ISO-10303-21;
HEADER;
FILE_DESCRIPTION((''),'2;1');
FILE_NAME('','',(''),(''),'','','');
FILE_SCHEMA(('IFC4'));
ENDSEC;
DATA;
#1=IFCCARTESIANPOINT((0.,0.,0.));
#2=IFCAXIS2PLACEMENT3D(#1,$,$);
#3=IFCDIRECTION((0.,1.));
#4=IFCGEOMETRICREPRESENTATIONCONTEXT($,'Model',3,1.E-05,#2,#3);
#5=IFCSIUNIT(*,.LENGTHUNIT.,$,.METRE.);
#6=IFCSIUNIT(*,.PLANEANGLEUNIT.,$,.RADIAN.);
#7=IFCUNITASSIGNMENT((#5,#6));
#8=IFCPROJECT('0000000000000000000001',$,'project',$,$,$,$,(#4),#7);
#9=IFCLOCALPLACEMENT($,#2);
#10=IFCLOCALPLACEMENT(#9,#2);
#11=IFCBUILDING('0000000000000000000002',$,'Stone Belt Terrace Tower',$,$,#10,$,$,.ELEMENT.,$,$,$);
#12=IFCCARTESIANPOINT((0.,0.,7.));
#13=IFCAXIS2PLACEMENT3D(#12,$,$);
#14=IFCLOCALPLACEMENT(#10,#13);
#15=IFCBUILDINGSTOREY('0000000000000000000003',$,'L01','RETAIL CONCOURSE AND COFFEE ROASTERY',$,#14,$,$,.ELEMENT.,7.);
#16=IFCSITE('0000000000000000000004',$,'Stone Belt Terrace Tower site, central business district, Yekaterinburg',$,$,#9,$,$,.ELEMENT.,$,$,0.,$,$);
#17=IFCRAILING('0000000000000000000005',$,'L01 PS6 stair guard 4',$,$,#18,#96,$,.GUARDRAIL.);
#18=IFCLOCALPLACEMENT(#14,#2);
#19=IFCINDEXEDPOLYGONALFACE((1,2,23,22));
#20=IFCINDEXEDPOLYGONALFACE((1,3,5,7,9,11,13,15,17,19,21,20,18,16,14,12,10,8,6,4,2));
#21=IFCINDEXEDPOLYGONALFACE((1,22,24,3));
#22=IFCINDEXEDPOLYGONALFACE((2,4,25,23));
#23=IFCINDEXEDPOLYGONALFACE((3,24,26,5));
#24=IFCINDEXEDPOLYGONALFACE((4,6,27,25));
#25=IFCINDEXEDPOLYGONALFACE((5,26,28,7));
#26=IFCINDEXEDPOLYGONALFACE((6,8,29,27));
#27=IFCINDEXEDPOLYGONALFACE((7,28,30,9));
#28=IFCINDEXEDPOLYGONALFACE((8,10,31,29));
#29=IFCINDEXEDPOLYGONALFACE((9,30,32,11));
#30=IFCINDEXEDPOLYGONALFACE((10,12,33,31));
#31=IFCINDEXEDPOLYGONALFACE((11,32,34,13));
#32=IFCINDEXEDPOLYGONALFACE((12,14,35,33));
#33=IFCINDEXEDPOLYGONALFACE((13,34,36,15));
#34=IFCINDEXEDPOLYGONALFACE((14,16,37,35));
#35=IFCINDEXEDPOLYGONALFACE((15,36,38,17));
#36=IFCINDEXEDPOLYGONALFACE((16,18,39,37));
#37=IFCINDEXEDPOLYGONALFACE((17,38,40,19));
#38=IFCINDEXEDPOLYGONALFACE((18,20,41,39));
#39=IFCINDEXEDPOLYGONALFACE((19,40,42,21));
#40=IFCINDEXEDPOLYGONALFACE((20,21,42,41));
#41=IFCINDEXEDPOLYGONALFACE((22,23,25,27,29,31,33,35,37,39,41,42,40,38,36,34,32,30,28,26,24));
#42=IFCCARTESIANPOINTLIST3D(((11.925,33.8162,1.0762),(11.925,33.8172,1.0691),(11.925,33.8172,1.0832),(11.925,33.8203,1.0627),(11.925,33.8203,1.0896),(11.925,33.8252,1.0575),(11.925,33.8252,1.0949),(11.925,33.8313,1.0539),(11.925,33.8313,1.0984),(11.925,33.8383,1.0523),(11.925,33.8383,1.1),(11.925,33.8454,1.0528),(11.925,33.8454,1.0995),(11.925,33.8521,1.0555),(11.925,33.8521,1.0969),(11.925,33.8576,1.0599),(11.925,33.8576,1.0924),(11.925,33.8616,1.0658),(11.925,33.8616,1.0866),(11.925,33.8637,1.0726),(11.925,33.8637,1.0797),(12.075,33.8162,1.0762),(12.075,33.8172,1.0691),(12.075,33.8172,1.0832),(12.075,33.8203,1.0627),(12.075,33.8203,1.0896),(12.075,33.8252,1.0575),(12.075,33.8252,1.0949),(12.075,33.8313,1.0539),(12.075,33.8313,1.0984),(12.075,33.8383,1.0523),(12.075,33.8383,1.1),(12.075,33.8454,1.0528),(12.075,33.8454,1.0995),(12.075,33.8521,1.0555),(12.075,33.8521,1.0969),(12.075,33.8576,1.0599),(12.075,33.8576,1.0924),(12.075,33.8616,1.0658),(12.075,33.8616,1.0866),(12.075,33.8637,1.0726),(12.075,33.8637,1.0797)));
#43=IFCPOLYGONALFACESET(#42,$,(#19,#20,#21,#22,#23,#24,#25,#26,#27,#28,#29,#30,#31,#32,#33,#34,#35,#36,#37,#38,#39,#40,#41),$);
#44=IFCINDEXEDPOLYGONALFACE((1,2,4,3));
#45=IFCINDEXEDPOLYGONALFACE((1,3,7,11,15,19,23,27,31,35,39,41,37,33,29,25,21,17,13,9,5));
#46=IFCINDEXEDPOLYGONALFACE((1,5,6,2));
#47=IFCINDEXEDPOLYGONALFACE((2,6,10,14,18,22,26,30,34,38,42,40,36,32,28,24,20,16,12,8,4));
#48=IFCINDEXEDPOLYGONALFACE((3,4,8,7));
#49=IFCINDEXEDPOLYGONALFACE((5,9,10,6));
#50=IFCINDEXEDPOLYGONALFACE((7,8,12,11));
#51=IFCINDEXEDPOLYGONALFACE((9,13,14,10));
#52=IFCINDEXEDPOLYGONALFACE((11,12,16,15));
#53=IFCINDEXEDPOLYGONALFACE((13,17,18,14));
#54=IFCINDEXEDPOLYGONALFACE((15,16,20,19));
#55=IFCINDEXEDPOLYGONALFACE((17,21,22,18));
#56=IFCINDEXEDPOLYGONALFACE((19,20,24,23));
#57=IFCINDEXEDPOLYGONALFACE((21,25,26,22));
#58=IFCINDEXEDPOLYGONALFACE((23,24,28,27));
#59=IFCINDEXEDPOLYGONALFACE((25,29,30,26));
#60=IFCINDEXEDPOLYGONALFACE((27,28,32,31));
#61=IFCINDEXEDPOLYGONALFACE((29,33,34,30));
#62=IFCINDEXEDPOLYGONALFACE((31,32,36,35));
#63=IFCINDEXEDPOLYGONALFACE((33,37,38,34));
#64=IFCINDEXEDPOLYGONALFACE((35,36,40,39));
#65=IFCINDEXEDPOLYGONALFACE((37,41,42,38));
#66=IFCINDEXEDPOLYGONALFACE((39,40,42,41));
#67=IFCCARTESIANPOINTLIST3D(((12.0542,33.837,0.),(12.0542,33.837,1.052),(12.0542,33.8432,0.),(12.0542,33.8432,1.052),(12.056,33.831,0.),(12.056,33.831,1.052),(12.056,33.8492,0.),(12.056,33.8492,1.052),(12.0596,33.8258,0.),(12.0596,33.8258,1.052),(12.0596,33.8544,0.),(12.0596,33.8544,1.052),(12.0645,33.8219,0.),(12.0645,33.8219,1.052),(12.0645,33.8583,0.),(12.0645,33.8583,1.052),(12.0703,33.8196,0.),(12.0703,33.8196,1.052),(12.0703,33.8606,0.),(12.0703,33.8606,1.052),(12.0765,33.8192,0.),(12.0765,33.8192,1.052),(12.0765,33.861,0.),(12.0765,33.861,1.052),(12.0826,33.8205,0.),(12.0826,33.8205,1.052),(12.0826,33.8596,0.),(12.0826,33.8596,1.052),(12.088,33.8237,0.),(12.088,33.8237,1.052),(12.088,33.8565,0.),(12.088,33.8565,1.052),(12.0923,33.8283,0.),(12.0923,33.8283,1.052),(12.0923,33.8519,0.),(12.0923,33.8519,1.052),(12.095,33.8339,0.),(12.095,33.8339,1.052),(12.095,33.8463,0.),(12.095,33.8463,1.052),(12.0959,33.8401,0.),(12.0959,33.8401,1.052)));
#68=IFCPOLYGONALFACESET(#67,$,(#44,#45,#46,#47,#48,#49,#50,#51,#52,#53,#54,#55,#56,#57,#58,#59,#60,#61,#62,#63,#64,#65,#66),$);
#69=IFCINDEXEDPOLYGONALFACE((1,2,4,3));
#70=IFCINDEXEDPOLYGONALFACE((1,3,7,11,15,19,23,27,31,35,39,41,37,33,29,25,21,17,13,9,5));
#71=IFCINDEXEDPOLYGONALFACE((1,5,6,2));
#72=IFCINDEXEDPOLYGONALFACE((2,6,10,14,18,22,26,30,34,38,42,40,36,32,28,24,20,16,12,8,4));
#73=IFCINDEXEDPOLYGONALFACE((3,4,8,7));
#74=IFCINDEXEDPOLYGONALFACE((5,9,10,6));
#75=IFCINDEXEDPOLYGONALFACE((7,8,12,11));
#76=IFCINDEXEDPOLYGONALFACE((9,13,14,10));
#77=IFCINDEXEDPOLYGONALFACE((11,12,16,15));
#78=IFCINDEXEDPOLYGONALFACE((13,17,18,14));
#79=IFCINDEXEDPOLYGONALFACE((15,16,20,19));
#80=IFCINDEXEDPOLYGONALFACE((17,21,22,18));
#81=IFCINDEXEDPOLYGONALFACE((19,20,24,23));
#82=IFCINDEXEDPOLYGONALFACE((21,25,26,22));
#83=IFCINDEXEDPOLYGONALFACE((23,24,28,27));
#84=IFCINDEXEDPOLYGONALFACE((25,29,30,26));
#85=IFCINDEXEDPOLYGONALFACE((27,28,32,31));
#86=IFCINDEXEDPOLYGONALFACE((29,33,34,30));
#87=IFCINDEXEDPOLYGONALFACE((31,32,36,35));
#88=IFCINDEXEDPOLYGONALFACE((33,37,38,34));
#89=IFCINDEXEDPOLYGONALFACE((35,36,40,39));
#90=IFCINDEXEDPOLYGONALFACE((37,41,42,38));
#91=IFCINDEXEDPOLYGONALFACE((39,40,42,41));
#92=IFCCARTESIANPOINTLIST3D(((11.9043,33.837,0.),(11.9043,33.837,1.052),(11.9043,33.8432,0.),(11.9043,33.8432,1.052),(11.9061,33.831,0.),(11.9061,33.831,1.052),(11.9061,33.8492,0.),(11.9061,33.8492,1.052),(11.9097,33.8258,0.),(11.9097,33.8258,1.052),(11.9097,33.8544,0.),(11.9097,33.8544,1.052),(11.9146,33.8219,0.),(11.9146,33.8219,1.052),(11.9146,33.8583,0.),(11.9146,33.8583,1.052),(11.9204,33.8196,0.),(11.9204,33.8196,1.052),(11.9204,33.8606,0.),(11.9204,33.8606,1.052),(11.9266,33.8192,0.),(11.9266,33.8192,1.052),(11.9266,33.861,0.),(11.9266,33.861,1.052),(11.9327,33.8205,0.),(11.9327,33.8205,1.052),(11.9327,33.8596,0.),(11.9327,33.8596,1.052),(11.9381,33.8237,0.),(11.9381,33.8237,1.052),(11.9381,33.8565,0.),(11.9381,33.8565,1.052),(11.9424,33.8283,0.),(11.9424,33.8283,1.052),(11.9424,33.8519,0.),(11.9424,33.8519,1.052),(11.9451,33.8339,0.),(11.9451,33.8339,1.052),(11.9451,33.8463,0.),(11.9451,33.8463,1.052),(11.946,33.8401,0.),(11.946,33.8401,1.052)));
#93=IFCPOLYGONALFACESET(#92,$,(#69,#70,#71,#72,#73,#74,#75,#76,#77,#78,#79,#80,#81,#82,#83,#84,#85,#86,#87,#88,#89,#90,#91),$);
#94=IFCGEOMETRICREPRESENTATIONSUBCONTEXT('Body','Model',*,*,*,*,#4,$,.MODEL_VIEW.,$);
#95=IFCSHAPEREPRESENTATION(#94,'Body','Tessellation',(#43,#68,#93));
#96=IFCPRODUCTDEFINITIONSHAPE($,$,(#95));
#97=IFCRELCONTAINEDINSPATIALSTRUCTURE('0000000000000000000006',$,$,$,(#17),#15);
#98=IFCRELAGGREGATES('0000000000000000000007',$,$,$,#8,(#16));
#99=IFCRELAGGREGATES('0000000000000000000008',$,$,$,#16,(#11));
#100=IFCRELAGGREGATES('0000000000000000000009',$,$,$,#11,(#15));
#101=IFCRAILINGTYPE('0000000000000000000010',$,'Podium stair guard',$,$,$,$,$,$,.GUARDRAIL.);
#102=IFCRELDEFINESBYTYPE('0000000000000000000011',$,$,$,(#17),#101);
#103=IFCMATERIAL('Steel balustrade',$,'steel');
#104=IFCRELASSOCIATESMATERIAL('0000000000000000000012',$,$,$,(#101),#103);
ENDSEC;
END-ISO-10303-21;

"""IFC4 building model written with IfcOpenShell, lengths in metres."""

from ifc_helpers import new_model, si_unit, direction, frame, origin, origin_2d, place, context, subcontext, project, spatial, circle, extrude, material, type_object, element, save


model = new_model("IFC4")

# Units and contexts
model_context = context("Model", 3, precision=1e-05, world=origin(), true_north=direction((0.0, 1.0)))
body_context = subcontext(model_context, "Body", "Model", "MODEL_VIEW")
ifc_project = project(units=[si_unit("LENGTHUNIT", "METRE"), si_unit("PLANEANGLEUNIT", "RADIAN")], contexts=[model_context])

# Site, building, storey
site_placement = place(None, origin())
site = spatial("IfcSite", under=ifc_project, at=site_placement, Name="Stone Belt Terrace Tower site, central business district, Yekaterinburg", CompositionType="ELEMENT", RefElevation=0.0)
building_placement = place(site_placement, origin())
building = spatial("IfcBuilding", under=site, at=building_placement, Name="Stone Belt Terrace Tower", CompositionType="ELEMENT")
storey_placement = place(building_placement, frame((0.0, 0.0, 7.0)))
storey = spatial("IfcBuildingStorey", under=building, at=storey_placement, Name="L01", Description="RETAIL CONCOURSE AND COFFEE ROASTERY", CompositionType="ELEMENT", Elevation=7.0)

# Railing
ifc_material_1 = material(Name="Steel balustrade", Category="steel")
railing_type_1 = type_object("IfcRailingType", Name="Podium stair guard", PredefinedType="GUARDRAIL", material=ifc_material_1)
railing_1_placement = place(storey_placement, frame((12.075, 33.8401, 0.0)))
element("IfcRailing", 1, at=railing_1_placement, inside=storey, type_object=railing_type_1, Name="L01 PS6 stair guard 4", PredefinedType="GUARDRAIL", context=body_context, shape_type="SweptSolid", body=[
    extrude(circle(Radius=0.0239, at=origin_2d()), frame((0.0, 0.0, 1.0762), z_axis=(-1.0, 0.0, 0.0), x_axis=(0.0, -1.0, 0.0)), (0.0, 0.0, 1.0), 0.1499),
    extrude(circle(Radius=0.021, at=origin_2d()), origin(), (0.0, 0.0, 1.0), 1.052),
    extrude(circle(Radius=0.021, at=origin_2d()), frame((-0.1499, 0.0, 0.0)), (0.0, 0.0, 1.0), 1.052),
])

save(model, "model.ifc")
